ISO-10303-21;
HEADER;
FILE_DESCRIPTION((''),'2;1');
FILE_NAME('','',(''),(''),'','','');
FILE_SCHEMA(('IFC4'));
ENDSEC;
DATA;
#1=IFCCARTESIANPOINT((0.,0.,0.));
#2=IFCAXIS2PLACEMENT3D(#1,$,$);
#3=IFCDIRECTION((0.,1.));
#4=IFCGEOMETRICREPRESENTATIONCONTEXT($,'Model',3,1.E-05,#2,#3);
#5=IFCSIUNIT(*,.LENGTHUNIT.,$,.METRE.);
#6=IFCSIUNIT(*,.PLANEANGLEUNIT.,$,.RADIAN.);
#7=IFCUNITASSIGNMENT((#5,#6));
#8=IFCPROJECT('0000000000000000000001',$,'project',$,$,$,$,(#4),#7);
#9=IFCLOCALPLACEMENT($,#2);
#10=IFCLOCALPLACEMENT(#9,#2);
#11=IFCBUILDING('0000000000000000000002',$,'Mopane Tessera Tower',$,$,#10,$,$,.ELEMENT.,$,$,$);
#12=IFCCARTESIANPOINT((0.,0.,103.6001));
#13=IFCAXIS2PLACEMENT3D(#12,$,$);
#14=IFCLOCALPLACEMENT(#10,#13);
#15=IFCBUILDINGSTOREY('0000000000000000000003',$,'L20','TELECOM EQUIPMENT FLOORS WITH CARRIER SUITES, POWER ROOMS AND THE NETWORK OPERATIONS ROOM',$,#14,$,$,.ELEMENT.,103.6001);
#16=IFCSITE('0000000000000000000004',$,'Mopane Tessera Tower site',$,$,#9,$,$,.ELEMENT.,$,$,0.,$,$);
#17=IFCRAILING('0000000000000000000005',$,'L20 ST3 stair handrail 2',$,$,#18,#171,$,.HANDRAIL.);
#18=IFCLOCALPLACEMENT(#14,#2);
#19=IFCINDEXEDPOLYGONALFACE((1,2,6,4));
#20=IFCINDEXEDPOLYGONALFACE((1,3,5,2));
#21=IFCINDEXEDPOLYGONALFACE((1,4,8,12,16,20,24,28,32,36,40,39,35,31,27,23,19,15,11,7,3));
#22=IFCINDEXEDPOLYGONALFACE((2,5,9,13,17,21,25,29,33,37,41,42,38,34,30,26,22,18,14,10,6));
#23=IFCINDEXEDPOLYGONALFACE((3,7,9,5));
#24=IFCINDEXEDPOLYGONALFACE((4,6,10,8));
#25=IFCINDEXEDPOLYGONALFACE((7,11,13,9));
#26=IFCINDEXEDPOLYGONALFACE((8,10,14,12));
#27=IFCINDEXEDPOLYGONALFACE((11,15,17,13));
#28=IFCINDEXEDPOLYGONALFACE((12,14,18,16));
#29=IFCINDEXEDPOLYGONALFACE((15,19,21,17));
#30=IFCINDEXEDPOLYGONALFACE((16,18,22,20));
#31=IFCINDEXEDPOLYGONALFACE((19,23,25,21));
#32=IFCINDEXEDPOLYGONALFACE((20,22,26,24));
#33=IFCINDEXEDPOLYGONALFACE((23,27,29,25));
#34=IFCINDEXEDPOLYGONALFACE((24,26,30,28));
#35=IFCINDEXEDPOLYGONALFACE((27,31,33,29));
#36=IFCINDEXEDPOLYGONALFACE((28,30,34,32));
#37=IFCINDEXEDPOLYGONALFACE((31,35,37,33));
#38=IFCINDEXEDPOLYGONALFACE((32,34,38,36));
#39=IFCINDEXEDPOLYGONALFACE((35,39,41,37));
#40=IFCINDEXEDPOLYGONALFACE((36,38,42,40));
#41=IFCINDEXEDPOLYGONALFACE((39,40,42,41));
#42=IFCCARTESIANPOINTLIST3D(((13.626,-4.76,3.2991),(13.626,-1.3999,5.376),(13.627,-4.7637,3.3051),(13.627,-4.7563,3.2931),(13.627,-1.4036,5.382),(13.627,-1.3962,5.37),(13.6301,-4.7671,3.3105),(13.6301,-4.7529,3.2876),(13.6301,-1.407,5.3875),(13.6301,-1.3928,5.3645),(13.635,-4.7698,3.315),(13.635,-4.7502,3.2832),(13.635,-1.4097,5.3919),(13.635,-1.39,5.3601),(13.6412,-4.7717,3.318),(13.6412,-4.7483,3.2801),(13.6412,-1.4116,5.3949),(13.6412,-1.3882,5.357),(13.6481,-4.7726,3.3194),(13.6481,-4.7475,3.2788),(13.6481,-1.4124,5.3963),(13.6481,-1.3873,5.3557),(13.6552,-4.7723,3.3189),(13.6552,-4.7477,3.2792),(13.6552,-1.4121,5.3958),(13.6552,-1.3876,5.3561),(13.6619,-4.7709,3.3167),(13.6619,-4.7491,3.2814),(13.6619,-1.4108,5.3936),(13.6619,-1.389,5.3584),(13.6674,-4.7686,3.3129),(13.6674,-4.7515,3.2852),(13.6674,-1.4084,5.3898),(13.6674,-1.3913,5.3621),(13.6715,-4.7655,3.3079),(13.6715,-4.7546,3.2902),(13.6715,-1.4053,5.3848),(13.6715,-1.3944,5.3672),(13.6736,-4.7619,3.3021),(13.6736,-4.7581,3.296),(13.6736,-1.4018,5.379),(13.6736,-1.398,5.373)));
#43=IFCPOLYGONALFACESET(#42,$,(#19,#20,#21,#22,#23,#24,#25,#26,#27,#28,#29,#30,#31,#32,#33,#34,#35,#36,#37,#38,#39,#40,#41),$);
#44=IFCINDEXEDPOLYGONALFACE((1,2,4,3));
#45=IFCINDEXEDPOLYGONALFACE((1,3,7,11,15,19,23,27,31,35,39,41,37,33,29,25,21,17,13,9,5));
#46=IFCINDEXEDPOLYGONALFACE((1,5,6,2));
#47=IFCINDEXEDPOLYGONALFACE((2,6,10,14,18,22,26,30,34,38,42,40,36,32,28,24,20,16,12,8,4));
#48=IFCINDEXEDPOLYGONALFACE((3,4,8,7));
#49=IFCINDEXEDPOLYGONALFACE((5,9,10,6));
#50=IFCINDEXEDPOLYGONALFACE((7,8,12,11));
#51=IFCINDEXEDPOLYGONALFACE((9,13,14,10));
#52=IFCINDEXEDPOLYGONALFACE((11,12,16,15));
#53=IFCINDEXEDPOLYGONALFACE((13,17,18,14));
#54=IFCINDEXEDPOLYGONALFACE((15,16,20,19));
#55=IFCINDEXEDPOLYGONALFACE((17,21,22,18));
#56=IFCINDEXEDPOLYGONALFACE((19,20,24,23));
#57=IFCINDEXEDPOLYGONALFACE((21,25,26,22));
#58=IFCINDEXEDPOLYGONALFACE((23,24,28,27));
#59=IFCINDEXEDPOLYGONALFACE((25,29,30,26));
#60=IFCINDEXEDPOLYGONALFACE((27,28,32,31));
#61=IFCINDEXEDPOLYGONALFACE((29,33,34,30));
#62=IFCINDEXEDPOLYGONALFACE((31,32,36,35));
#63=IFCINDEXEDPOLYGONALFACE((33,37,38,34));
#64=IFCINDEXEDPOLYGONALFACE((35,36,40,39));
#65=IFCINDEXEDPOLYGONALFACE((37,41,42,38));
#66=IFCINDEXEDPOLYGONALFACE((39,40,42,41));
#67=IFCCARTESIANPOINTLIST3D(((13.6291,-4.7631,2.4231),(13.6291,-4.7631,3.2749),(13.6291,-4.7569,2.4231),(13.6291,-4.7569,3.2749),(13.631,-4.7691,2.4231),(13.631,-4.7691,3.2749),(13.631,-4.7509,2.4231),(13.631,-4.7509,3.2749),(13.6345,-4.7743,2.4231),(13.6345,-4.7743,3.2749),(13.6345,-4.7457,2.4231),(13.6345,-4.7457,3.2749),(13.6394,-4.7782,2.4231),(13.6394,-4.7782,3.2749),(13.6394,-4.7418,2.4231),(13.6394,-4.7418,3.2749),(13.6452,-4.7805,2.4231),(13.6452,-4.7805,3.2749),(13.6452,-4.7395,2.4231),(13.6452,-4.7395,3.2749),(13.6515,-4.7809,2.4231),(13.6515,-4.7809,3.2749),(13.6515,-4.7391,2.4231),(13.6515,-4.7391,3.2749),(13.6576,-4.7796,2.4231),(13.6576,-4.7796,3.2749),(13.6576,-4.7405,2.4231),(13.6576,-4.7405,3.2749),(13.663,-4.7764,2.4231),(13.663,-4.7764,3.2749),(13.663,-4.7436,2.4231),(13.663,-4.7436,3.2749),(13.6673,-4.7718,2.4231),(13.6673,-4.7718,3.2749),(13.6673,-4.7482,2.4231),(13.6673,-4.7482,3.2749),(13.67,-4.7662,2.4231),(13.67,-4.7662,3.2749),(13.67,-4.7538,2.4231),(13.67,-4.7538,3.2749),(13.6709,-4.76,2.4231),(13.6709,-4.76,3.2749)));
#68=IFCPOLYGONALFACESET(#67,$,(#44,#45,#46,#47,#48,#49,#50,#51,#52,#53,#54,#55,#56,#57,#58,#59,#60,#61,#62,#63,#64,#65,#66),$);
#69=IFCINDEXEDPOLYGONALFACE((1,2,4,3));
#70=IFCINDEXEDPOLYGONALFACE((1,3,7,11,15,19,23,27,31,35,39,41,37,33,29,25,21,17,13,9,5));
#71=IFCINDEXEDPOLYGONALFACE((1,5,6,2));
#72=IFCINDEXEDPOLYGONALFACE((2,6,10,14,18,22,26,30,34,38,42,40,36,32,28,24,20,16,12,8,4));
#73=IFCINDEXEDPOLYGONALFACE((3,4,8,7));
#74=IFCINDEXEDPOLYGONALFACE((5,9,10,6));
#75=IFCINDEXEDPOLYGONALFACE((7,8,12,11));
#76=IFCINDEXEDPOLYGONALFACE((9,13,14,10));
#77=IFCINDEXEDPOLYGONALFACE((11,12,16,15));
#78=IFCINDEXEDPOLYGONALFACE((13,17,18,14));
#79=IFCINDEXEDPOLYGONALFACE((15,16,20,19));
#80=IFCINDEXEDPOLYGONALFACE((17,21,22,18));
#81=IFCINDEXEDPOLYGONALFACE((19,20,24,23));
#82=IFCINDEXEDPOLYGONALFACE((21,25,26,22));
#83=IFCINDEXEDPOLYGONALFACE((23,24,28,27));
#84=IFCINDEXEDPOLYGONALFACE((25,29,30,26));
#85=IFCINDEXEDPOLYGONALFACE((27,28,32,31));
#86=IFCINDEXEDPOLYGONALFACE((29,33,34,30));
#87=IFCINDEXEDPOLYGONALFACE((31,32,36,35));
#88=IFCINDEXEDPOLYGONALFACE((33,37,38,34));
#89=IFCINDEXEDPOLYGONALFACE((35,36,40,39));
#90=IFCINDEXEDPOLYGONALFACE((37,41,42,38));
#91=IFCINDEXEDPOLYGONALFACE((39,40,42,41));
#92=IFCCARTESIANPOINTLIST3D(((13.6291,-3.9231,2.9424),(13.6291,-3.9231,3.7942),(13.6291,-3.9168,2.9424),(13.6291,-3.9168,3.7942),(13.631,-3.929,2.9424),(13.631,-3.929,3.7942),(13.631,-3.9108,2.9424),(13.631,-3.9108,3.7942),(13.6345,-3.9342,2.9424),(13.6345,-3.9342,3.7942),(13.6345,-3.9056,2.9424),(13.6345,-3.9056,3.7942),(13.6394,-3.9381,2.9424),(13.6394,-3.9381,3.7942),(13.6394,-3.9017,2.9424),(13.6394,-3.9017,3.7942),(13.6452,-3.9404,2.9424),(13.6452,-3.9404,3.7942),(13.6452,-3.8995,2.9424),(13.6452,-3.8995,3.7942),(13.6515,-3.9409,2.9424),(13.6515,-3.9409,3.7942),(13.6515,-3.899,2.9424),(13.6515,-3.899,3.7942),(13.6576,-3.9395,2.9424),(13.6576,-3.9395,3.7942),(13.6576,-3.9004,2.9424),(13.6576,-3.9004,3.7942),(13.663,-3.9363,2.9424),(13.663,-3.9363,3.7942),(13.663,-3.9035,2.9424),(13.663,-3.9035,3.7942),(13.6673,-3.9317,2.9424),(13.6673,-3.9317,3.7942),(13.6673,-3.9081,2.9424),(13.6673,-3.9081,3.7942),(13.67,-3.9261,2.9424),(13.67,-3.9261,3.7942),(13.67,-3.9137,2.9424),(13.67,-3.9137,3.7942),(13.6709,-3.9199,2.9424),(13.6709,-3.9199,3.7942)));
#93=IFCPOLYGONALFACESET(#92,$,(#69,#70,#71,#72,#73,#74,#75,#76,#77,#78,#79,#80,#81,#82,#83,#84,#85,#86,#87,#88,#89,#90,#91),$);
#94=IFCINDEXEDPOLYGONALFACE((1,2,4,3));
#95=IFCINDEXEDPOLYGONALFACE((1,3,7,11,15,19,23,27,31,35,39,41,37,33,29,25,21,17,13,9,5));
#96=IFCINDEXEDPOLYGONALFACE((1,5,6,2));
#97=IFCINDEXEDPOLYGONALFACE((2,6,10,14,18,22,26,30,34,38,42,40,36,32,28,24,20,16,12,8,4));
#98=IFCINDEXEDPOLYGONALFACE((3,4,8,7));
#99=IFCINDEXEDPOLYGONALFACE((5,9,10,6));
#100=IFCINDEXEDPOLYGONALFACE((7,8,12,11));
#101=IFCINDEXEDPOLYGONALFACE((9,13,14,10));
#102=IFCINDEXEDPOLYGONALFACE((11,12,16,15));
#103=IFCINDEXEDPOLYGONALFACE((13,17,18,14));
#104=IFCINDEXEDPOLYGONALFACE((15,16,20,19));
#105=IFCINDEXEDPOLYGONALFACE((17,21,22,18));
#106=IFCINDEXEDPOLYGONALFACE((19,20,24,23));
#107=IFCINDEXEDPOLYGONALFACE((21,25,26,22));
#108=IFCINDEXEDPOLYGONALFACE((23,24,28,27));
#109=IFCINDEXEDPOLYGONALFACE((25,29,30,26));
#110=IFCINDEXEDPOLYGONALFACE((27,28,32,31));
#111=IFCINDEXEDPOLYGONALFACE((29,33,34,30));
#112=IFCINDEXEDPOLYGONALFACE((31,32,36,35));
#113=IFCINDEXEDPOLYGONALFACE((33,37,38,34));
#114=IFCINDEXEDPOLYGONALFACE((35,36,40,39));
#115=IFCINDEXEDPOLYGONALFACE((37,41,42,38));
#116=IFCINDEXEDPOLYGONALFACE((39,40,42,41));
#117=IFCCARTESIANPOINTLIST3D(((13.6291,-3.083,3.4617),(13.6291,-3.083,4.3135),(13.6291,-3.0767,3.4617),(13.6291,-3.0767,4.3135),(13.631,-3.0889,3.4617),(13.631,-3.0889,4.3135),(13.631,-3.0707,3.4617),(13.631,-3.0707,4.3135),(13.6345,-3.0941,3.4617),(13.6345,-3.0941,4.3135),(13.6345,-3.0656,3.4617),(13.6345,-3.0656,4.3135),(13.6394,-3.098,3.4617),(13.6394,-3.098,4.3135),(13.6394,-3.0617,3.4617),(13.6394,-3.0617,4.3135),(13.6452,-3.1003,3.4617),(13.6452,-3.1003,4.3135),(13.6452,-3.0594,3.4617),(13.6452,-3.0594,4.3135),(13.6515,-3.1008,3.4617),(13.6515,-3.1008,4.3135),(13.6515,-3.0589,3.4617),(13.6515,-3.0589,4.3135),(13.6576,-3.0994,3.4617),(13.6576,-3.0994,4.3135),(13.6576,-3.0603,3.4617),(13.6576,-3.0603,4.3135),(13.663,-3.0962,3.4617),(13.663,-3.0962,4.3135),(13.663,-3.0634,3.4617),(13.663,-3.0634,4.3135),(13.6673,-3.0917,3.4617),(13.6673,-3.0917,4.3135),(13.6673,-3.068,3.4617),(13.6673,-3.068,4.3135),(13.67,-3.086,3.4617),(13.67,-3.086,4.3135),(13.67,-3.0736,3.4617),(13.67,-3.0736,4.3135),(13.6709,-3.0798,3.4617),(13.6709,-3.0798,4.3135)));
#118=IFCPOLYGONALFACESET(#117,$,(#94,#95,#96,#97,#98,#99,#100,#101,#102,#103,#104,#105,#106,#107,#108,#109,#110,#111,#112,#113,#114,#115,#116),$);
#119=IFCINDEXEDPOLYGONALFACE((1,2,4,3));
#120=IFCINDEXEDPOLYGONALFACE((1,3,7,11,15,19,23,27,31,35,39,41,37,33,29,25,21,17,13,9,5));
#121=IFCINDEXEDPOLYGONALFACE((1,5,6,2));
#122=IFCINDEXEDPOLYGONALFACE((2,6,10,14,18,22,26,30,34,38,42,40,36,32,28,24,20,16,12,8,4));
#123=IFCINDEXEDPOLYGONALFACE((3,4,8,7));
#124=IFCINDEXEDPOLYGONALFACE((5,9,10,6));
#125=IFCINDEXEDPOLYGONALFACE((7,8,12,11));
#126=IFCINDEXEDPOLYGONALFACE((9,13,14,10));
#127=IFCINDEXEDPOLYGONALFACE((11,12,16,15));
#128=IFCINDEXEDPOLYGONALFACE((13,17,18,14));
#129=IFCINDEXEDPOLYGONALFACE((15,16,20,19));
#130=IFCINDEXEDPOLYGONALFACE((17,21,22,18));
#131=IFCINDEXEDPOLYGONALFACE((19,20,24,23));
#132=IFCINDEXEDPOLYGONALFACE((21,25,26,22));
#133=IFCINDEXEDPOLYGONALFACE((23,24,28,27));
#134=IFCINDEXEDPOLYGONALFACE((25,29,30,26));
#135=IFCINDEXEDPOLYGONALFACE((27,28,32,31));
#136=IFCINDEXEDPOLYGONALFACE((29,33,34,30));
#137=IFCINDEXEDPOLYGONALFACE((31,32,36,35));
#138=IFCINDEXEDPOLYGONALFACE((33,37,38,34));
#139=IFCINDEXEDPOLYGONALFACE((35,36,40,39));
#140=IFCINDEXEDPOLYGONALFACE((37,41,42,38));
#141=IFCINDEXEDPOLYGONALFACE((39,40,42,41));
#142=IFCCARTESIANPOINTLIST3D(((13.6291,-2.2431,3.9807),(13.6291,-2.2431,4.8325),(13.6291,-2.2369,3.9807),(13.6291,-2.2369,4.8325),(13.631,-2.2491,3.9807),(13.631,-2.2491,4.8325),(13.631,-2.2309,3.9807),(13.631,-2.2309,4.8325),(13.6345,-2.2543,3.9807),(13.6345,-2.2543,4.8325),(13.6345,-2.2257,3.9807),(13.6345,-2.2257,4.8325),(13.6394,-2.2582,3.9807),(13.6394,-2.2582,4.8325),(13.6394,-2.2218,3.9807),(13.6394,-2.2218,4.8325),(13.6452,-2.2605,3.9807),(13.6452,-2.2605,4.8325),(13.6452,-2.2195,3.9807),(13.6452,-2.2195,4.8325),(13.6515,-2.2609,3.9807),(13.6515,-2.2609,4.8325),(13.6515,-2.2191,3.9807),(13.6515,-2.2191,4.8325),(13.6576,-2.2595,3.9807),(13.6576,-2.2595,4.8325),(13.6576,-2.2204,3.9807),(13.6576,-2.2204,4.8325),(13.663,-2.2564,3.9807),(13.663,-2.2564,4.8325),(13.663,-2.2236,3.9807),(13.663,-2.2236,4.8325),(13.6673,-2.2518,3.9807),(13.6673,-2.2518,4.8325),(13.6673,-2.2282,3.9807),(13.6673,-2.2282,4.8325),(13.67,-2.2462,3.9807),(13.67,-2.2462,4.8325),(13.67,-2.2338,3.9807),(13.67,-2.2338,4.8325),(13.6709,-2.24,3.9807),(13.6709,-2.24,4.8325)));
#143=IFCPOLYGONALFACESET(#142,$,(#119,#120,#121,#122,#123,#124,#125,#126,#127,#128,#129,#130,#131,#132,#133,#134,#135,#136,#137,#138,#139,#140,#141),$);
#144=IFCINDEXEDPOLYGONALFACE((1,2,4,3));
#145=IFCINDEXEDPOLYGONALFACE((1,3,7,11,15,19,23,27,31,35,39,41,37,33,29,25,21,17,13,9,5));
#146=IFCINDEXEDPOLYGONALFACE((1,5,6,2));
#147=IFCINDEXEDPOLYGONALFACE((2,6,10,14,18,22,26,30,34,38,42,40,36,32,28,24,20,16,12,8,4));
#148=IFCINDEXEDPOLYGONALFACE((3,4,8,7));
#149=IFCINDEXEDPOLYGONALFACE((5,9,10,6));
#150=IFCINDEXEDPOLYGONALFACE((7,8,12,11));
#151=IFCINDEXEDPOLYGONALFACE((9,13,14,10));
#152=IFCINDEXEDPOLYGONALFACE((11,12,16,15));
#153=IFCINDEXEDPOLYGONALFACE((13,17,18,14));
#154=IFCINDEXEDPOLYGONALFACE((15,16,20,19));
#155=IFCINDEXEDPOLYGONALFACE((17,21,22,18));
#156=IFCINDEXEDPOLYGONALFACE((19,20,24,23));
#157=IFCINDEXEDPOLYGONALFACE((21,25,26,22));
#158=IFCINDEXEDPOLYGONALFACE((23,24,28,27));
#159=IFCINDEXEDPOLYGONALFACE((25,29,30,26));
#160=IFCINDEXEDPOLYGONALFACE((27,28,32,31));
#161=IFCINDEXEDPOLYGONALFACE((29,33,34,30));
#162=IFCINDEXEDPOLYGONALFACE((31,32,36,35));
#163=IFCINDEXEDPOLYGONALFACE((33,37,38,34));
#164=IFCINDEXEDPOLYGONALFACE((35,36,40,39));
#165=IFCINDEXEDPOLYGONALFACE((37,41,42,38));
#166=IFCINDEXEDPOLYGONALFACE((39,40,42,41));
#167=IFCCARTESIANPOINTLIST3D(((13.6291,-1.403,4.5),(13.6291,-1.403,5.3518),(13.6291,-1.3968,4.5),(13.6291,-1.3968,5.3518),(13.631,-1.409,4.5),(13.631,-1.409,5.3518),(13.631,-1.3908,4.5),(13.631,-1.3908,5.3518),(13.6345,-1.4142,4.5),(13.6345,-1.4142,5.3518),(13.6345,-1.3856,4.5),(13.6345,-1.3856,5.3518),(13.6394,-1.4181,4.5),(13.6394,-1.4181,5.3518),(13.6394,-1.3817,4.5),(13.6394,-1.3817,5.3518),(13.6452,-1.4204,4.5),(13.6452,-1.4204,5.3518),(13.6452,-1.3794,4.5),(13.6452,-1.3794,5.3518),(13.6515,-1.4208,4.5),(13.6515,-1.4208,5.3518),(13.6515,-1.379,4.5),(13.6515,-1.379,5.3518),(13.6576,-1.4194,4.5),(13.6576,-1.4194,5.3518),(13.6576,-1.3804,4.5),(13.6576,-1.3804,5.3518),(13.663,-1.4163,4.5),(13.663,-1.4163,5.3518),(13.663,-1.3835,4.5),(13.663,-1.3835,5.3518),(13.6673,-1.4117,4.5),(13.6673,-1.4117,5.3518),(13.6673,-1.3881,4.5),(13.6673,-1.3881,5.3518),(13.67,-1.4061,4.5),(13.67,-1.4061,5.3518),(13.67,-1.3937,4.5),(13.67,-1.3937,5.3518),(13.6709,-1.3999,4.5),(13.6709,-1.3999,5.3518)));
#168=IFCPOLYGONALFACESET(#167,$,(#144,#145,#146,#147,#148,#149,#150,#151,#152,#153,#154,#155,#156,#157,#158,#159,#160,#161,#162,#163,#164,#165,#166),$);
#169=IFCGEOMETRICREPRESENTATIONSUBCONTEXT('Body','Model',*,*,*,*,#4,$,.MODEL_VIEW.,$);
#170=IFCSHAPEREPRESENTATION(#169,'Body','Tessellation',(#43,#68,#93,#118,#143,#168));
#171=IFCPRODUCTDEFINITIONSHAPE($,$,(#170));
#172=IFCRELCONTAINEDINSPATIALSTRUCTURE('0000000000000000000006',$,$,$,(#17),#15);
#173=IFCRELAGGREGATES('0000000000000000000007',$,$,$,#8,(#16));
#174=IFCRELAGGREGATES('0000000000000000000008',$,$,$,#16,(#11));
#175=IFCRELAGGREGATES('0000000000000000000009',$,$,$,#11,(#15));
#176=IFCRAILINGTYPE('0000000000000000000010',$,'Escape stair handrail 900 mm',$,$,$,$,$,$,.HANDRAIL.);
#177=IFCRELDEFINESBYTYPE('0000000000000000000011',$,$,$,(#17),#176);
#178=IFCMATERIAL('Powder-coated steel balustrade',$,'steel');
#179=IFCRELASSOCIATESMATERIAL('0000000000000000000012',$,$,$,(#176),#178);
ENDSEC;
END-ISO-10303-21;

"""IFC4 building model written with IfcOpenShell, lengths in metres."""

from ifc_helpers import new_model, si_unit, direction, frame, origin, origin_2d, place, context, subcontext, project, spatial, circle, extrude, material, type_object, element, save


model = new_model("IFC4")

# Units and contexts
model_context = context("Model", 3, precision=1e-05, world=origin(), true_north=direction((0.0, 1.0)))
body_context = subcontext(model_context, "Body", "Model", "MODEL_VIEW")
ifc_project = project(units=[si_unit("LENGTHUNIT", "METRE"), si_unit("PLANEANGLEUNIT", "RADIAN")], contexts=[model_context])

# Site, building, storey
site_placement = place(None, origin())
site = spatial("IfcSite", under=ifc_project, at=site_placement, Name="Mopane Tessera Tower site", CompositionType="ELEMENT", RefElevation=0.0)
building_placement = place(site_placement, origin())
building = spatial("IfcBuilding", under=site, at=building_placement, Name="Mopane Tessera Tower", CompositionType="ELEMENT")
storey_placement = place(building_placement, frame((0.0, 0.0, 103.6001)))
storey = spatial("IfcBuildingStorey", under=building, at=storey_placement, Name="L20", Description="TELECOM EQUIPMENT FLOORS WITH CARRIER SUITES, POWER ROOMS AND THE NETWORK OPERATIONS ROOM", CompositionType="ELEMENT", Elevation=103.6001)

# Railing
ifc_material_1 = material(Name="Powder-coated steel balustrade", Category="steel")
railing_type_1 = type_object("IfcRailingType", Name="Escape stair handrail 900 mm", PredefinedType="HANDRAIL", material=ifc_material_1)
railing_1_placement = place(storey_placement, frame((13.6499, -4.76, 2.4231)))
element("IfcRailing", 1, at=railing_1_placement, inside=storey, type_object=railing_type_1, Name="L20 ST3 stair handrail 2", PredefinedType="HANDRAIL", context=body_context, shape_type="SweptSolid", body=[
    extrude(circle(Radius=0.0239, at=origin_2d()), frame((0.0, 0.0, 0.876), z_axis=(0.0, 0.850623, 0.525776), x_axis=(-1.0, 0.0, 0.0)), (0.0, 0.0, 1.0), 3.9502),
    extrude(circle(Radius=0.021, at=origin_2d()), origin(), (0.0, 0.0, 1.0), 0.8518),
    extrude(circle(Radius=0.021, at=origin_2d()), frame((0.0, 0.8401, 0.5193)), (0.0, 0.0, 1.0), 0.8518),
    extrude(circle(Radius=0.021, at=origin_2d()), frame((0.0, 1.6802, 1.0386)), (0.0, 0.0, 1.0), 0.8518),
    extrude(circle(Radius=0.021, at=origin_2d()), frame((0.0, 2.52, 1.5576)), (0.0, 0.0, 1.0), 0.8518),
    extrude(circle(Radius=0.021, at=origin_2d()), frame((0.0, 3.3601, 2.0769)), (0.0, 0.0, 1.0), 0.8518),
])

save(model, "model.ifc")
